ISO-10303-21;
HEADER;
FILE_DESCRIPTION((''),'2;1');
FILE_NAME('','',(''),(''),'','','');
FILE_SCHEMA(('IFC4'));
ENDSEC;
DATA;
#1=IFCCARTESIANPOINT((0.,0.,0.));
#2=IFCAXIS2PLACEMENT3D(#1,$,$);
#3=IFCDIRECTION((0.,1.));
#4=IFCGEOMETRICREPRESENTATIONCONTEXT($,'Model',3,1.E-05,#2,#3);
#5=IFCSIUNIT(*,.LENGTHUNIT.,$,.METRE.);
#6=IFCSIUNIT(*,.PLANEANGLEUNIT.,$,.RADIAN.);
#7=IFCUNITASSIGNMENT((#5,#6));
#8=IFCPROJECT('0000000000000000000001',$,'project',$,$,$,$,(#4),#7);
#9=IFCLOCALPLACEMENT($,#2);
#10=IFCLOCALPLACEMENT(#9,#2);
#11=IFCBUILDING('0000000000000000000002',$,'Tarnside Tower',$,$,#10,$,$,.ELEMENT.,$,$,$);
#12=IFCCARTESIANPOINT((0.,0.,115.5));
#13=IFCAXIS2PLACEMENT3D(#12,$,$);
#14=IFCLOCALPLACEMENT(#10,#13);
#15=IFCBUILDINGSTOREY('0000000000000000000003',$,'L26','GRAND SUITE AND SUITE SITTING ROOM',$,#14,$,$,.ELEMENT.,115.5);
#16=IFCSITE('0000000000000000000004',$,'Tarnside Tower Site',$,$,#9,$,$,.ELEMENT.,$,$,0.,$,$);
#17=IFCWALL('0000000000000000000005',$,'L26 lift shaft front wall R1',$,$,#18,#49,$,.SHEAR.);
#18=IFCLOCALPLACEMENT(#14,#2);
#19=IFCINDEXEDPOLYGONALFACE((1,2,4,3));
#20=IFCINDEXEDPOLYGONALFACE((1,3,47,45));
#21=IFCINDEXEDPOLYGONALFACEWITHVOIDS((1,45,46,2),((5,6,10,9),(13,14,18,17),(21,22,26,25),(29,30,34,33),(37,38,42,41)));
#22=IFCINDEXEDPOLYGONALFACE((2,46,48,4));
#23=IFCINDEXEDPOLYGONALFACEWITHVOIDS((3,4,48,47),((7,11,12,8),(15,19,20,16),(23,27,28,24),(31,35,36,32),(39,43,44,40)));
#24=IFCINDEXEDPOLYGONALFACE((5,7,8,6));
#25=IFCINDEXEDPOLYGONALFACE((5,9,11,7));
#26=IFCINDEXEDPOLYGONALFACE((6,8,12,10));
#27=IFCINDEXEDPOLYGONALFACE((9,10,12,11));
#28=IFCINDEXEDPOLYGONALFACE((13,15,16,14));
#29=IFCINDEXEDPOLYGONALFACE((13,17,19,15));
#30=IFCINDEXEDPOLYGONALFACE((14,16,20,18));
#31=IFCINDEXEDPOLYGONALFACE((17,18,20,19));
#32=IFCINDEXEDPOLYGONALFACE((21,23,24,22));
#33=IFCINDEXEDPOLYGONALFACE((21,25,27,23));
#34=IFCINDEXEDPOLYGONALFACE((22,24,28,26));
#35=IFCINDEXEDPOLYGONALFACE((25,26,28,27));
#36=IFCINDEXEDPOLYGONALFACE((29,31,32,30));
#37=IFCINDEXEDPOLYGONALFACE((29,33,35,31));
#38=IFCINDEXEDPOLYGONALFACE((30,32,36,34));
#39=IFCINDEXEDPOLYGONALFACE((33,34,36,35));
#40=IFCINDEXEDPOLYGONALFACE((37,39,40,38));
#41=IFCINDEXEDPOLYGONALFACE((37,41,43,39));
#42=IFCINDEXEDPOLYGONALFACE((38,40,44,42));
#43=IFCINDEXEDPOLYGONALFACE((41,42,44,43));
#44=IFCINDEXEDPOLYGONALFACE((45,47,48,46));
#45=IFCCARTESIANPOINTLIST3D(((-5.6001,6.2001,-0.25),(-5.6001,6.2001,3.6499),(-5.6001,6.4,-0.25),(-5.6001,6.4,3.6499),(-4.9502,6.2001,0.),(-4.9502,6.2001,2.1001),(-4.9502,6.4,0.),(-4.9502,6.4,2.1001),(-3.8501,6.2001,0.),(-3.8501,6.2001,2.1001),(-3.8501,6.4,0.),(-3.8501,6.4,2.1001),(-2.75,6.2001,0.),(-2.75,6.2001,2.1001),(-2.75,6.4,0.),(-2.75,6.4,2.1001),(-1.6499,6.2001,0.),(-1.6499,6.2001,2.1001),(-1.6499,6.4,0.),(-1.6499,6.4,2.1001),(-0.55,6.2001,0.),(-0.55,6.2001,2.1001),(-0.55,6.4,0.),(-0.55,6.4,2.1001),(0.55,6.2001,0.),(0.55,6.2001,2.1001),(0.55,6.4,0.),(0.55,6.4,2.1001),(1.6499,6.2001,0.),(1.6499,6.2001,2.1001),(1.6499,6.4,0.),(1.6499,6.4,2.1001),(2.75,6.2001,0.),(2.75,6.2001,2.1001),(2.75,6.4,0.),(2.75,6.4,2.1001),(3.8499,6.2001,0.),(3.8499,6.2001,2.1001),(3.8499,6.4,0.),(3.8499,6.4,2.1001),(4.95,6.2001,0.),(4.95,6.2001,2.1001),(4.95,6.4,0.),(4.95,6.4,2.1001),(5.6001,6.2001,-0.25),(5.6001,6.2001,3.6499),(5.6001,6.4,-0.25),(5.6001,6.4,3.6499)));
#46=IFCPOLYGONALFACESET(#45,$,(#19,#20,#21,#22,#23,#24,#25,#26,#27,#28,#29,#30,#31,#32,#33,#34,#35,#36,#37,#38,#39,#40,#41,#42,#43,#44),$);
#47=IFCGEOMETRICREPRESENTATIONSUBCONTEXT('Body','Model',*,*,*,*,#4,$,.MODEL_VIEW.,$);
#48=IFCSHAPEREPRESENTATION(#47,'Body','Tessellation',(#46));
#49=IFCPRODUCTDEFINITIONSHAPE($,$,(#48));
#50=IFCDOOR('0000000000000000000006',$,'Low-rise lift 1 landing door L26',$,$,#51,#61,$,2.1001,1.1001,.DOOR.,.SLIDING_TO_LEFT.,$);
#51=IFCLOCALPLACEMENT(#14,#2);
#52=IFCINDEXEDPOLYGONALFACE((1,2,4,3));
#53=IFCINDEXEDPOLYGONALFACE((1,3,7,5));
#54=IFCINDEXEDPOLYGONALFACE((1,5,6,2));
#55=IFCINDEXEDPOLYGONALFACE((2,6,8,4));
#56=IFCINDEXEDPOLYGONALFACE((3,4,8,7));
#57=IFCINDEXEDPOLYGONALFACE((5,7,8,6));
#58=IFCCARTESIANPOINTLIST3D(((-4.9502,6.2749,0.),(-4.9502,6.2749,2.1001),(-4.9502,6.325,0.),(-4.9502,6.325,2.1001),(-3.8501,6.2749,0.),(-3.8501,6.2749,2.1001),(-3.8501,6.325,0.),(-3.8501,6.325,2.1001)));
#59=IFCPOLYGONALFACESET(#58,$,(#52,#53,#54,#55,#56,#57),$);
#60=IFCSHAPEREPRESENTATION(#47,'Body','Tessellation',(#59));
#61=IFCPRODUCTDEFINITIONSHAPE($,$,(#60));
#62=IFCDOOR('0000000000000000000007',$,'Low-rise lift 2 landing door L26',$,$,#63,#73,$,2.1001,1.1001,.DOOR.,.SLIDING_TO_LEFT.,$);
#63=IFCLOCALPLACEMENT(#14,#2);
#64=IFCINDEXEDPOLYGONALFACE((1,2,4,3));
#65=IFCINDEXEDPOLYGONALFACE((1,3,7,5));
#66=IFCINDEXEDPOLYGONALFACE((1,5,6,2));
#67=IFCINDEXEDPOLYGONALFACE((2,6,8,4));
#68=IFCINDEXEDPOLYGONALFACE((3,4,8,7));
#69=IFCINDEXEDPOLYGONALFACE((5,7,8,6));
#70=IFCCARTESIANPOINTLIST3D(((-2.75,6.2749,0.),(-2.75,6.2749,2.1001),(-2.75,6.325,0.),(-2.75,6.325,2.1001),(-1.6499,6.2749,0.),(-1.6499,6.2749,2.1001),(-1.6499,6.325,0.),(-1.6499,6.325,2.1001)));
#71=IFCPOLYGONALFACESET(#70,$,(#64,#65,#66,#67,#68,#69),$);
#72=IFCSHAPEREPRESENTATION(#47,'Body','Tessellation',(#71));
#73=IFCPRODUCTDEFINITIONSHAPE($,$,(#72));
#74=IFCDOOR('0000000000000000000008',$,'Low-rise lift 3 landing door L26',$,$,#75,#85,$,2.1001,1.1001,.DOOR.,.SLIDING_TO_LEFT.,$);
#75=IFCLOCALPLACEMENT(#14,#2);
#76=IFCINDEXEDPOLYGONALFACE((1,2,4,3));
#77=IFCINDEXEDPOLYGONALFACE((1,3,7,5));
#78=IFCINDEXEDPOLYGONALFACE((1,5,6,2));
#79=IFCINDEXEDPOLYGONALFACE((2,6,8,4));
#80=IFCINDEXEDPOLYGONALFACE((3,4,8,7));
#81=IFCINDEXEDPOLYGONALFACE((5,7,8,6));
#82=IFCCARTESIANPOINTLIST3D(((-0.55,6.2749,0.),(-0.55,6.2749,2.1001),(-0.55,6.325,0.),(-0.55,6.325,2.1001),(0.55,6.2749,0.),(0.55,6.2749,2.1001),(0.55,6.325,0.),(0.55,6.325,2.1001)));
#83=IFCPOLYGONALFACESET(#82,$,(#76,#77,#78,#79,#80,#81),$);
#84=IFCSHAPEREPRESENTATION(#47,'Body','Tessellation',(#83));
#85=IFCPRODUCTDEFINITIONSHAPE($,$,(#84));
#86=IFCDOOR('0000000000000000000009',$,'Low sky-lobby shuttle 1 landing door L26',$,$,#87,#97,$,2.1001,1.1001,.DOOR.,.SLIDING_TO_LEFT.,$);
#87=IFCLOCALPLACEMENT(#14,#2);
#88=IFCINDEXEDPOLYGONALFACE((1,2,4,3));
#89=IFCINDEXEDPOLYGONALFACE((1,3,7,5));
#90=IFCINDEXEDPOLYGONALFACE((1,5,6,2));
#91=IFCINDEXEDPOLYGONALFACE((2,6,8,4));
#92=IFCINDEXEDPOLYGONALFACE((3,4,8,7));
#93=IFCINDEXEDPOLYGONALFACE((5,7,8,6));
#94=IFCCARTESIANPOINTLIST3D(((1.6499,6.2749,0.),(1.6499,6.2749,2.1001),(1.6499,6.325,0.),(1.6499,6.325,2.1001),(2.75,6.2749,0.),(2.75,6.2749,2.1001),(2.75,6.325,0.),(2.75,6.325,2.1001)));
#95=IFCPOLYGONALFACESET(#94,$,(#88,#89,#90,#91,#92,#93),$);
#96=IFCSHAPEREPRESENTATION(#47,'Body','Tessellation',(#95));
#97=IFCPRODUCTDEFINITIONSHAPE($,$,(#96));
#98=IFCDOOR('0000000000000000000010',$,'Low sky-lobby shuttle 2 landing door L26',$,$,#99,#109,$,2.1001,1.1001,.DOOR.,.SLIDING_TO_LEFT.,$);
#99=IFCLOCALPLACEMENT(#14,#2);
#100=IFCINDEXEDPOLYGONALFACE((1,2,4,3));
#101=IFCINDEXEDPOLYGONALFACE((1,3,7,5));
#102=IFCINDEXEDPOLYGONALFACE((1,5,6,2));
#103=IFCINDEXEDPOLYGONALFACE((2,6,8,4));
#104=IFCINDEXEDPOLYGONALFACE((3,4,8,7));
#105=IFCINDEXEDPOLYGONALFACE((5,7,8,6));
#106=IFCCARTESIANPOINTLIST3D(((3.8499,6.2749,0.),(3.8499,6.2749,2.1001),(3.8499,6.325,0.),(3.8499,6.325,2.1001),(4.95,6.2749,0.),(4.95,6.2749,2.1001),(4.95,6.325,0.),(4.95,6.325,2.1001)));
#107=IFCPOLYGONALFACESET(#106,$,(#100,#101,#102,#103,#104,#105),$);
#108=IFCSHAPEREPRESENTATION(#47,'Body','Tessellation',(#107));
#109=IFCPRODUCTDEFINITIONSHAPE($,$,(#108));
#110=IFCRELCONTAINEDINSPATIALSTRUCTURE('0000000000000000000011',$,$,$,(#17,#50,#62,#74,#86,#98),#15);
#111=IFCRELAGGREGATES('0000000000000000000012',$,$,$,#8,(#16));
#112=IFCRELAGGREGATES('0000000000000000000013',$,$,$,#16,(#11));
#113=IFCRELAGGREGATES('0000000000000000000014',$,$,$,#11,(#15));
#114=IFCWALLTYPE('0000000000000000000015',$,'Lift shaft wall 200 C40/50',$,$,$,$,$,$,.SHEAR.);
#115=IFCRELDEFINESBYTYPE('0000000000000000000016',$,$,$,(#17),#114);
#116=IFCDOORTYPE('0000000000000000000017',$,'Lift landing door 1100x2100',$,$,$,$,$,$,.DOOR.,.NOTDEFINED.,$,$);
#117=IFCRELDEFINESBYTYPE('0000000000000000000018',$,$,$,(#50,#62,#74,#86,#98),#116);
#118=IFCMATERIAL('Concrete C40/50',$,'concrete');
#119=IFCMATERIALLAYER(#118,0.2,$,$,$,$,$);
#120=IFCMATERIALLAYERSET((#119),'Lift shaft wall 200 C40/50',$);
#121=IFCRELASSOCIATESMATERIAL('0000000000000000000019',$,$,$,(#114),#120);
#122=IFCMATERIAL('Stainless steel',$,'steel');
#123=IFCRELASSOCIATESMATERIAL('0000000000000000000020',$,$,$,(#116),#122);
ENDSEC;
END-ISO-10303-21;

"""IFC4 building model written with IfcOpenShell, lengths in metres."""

from ifc_helpers import new_model, si_unit, direction, frame, frame_2d, origin, place, context, subcontext, project, spatial, rectangle, extrude, material, layer, layer_set, type_object, element, fill, save


model = new_model("IFC4")

# Units and contexts
model_context = context("Model", 3, precision=1e-05, world=origin(), true_north=direction((0.0, 1.0)))
body_context = subcontext(model_context, "Body", "Model", "MODEL_VIEW")
ifc_project = project(units=[si_unit("LENGTHUNIT", "METRE"), si_unit("PLANEANGLEUNIT", "RADIAN")], contexts=[model_context])

# Site, building, storey
site_placement = place(None, origin())
site = spatial("IfcSite", under=ifc_project, at=site_placement, Name="Tarnside Tower Site", CompositionType="ELEMENT", RefElevation=0.0)
building_placement = place(site_placement, origin())
building = spatial("IfcBuilding", under=site, at=building_placement, Name="Tarnside Tower", CompositionType="ELEMENT")
storey_placement = place(building_placement, frame((0.0, 0.0, 115.5)))
storey = spatial("IfcBuildingStorey", under=building, at=storey_placement, Name="L26", Description="GRAND SUITE AND SUITE SITTING ROOM", CompositionType="ELEMENT", Elevation=115.5)

# Shared definitions
ifc_material_1 = material(Name="Concrete C40/50", Category="concrete")

# Wall, openings, doors
ifc_layer_1 = layer(ifc_material_1, 0.2)
ifc_layer_set_1 = layer_set([ifc_layer_1], Name="Lift shaft wall 200 C40/50")
wall_type_1 = type_object("IfcWallType", Name="Lift shaft wall 200 C40/50", PredefinedType="SHEAR", material=ifc_layer_set_1)
wall_1_placement = place(storey_placement, frame((-5.6001, 6.3, -0.25), z_axis=(0.0, 0.0, 1.0), x_axis=(1.0, 0.0, 0.0)))
wall_1 = element("IfcWall", 1, at=wall_1_placement, inside=storey, type_object=wall_type_1, Name="L26 lift shaft front wall R1", PredefinedType="SHEAR", context=body_context, shape_type="SweptSolid", body=[
    extrude(rectangle(XDim=11.2002, YDim=0.2, at=frame_2d((5.6001, 0.0))), origin(), (0.0, 0.0, 1.0), 3.8999),
])
opening_1_placement = place(wall_1_placement, frame((0.6499, 0.0, 0.25)))
opening_1 = element("IfcOpeningElement", 2, at=opening_1_placement, cuts=wall_1, PredefinedType="OPENING", context=body_context, shape_type="SweptSolid", body=[
    extrude(rectangle(XDim=1.1001, YDim=2.1001, at=frame_2d((0.55, 1.05))), frame((0.0, 0.1099, 0.0), z_axis=(0.0, -1.0, 0.0), x_axis=(1.0, 0.0, 0.0)), (0.0, 0.0, 1.0), 0.22),
])
opening_2_placement = place(wall_1_placement, frame((2.8501, 0.0, 0.25)))
opening_2 = element("IfcOpeningElement", 3, at=opening_2_placement, cuts=wall_1, PredefinedType="OPENING", context=body_context, shape_type="SweptSolid", body=[
    extrude(rectangle(XDim=1.1001, YDim=2.1001, at=frame_2d((0.55, 1.05))), frame((0.0, 0.1099, 0.0), z_axis=(0.0, -1.0, 0.0), x_axis=(1.0, 0.0, 0.0)), (0.0, 0.0, 1.0), 0.22),
])
opening_3_placement = place(wall_1_placement, frame((5.05, 0.0, 0.25)))
opening_3 = element("IfcOpeningElement", 4, at=opening_3_placement, cuts=wall_1, PredefinedType="OPENING", context=body_context, shape_type="SweptSolid", body=[
    extrude(rectangle(XDim=1.1001, YDim=2.1001, at=frame_2d((0.55, 1.05))), frame((0.0, 0.1099, 0.0), z_axis=(0.0, -1.0, 0.0), x_axis=(1.0, 0.0, 0.0)), (0.0, 0.0, 1.0), 0.22),
])
opening_4_placement = place(wall_1_placement, frame((7.25, 0.0, 0.25)))
opening_4 = element("IfcOpeningElement", 5, at=opening_4_placement, cuts=wall_1, PredefinedType="OPENING", context=body_context, shape_type="SweptSolid", body=[
    extrude(rectangle(XDim=1.1001, YDim=2.1001, at=frame_2d((0.55, 1.05))), frame((0.0, 0.1099, 0.0), z_axis=(0.0, -1.0, 0.0), x_axis=(1.0, 0.0, 0.0)), (0.0, 0.0, 1.0), 0.22),
])
opening_5_placement = place(wall_1_placement, frame((9.45, 0.0, 0.25)))
opening_5 = element("IfcOpeningElement", 6, at=opening_5_placement, cuts=wall_1, PredefinedType="OPENING", context=body_context, shape_type="SweptSolid", body=[
    extrude(rectangle(XDim=1.1001, YDim=2.1001, at=frame_2d((0.55, 1.05))), frame((0.0, 0.1099, 0.0), z_axis=(0.0, -1.0, 0.0), x_axis=(1.0, 0.0, 0.0)), (0.0, 0.0, 1.0), 0.22),
])
ifc_material_2 = material(Name="Stainless steel", Category="steel")
door_type_1 = type_object("IfcDoorType", Name="Lift landing door 1100x2100", OperationType="NOTDEFINED", PredefinedType="DOOR", material=ifc_material_2)
door_1_placement = place(opening_1_placement, origin())
door_1 = element("IfcDoor", 7, at=door_1_placement, inside=storey, type_object=door_type_1, Name="Low-rise lift 1 landing door L26", OperationType="SLIDING_TO_LEFT", OverallHeight=2.1001, OverallWidth=1.1001, PredefinedType="DOOR", context=body_context, shape_type="SweptSolid", body=[
    extrude(rectangle(XDim=1.1001, YDim=2.1001, at=frame_2d((0.55, 1.05))), frame((0.0, 0.0249, 0.0), z_axis=(0.0, -1.0, 0.0), x_axis=(1.0, 0.0, 0.0)), (0.0, 0.0, 1.0), 0.05),
])
fill(opening_1, door_1)
door_2_placement = place(opening_2_placement, origin())
door_2 = element("IfcDoor", 8, at=door_2_placement, inside=storey, type_object=door_type_1, Name="Low-rise lift 2 landing door L26", OperationType="SLIDING_TO_LEFT", OverallHeight=2.1001, OverallWidth=1.1001, PredefinedType="DOOR", context=body_context, shape_type="SweptSolid", body=[
    extrude(rectangle(XDim=1.1001, YDim=2.1001, at=frame_2d((0.55, 1.05))), frame((0.0, 0.0249, 0.0), z_axis=(0.0, -1.0, 0.0), x_axis=(1.0, 0.0, 0.0)), (0.0, 0.0, 1.0), 0.05),
])
fill(opening_2, door_2)
door_3_placement = place(opening_3_placement, origin())
door_3 = element("IfcDoor", 9, at=door_3_placement, inside=storey, type_object=door_type_1, Name="Low-rise lift 3 landing door L26", OperationType="SLIDING_TO_LEFT", OverallHeight=2.1001, OverallWidth=1.1001, PredefinedType="DOOR", context=body_context, shape_type="SweptSolid", body=[
    extrude(rectangle(XDim=1.1001, YDim=2.1001, at=frame_2d((0.55, 1.05))), frame((0.0, 0.0249, 0.0), z_axis=(0.0, -1.0, 0.0), x_axis=(1.0, 0.0, 0.0)), (0.0, 0.0, 1.0), 0.05),
])
fill(opening_3, door_3)
door_4_placement = place(opening_4_placement, origin())
door_4 = element("IfcDoor", 10, at=door_4_placement, inside=storey, type_object=door_type_1, Name="Low sky-lobby shuttle 1 landing door L26", OperationType="SLIDING_TO_LEFT", OverallHeight=2.1001, OverallWidth=1.1001, PredefinedType="DOOR", context=body_context, shape_type="SweptSolid", body=[
    extrude(rectangle(XDim=1.1001, YDim=2.1001, at=frame_2d((0.55, 1.05))), frame((0.0, 0.0249, 0.0), z_axis=(0.0, -1.0, 0.0), x_axis=(1.0, 0.0, 0.0)), (0.0, 0.0, 1.0), 0.05),
])
fill(opening_4, door_4)
door_5_placement = place(opening_5_placement, origin())
door_5 = element("IfcDoor", 11, at=door_5_placement, inside=storey, type_object=door_type_1, Name="Low sky-lobby shuttle 2 landing door L26", OperationType="SLIDING_TO_LEFT", OverallHeight=2.1001, OverallWidth=1.1001, PredefinedType="DOOR", context=body_context, shape_type="SweptSolid", body=[
    extrude(rectangle(XDim=1.1001, YDim=2.1001, at=frame_2d((0.55, 1.05))), frame((0.0, 0.0249, 0.0), z_axis=(0.0, -1.0, 0.0), x_axis=(1.0, 0.0, 0.0)), (0.0, 0.0, 1.0), 0.05),
])
fill(opening_5, door_5)

save(model, "model.ifc")
